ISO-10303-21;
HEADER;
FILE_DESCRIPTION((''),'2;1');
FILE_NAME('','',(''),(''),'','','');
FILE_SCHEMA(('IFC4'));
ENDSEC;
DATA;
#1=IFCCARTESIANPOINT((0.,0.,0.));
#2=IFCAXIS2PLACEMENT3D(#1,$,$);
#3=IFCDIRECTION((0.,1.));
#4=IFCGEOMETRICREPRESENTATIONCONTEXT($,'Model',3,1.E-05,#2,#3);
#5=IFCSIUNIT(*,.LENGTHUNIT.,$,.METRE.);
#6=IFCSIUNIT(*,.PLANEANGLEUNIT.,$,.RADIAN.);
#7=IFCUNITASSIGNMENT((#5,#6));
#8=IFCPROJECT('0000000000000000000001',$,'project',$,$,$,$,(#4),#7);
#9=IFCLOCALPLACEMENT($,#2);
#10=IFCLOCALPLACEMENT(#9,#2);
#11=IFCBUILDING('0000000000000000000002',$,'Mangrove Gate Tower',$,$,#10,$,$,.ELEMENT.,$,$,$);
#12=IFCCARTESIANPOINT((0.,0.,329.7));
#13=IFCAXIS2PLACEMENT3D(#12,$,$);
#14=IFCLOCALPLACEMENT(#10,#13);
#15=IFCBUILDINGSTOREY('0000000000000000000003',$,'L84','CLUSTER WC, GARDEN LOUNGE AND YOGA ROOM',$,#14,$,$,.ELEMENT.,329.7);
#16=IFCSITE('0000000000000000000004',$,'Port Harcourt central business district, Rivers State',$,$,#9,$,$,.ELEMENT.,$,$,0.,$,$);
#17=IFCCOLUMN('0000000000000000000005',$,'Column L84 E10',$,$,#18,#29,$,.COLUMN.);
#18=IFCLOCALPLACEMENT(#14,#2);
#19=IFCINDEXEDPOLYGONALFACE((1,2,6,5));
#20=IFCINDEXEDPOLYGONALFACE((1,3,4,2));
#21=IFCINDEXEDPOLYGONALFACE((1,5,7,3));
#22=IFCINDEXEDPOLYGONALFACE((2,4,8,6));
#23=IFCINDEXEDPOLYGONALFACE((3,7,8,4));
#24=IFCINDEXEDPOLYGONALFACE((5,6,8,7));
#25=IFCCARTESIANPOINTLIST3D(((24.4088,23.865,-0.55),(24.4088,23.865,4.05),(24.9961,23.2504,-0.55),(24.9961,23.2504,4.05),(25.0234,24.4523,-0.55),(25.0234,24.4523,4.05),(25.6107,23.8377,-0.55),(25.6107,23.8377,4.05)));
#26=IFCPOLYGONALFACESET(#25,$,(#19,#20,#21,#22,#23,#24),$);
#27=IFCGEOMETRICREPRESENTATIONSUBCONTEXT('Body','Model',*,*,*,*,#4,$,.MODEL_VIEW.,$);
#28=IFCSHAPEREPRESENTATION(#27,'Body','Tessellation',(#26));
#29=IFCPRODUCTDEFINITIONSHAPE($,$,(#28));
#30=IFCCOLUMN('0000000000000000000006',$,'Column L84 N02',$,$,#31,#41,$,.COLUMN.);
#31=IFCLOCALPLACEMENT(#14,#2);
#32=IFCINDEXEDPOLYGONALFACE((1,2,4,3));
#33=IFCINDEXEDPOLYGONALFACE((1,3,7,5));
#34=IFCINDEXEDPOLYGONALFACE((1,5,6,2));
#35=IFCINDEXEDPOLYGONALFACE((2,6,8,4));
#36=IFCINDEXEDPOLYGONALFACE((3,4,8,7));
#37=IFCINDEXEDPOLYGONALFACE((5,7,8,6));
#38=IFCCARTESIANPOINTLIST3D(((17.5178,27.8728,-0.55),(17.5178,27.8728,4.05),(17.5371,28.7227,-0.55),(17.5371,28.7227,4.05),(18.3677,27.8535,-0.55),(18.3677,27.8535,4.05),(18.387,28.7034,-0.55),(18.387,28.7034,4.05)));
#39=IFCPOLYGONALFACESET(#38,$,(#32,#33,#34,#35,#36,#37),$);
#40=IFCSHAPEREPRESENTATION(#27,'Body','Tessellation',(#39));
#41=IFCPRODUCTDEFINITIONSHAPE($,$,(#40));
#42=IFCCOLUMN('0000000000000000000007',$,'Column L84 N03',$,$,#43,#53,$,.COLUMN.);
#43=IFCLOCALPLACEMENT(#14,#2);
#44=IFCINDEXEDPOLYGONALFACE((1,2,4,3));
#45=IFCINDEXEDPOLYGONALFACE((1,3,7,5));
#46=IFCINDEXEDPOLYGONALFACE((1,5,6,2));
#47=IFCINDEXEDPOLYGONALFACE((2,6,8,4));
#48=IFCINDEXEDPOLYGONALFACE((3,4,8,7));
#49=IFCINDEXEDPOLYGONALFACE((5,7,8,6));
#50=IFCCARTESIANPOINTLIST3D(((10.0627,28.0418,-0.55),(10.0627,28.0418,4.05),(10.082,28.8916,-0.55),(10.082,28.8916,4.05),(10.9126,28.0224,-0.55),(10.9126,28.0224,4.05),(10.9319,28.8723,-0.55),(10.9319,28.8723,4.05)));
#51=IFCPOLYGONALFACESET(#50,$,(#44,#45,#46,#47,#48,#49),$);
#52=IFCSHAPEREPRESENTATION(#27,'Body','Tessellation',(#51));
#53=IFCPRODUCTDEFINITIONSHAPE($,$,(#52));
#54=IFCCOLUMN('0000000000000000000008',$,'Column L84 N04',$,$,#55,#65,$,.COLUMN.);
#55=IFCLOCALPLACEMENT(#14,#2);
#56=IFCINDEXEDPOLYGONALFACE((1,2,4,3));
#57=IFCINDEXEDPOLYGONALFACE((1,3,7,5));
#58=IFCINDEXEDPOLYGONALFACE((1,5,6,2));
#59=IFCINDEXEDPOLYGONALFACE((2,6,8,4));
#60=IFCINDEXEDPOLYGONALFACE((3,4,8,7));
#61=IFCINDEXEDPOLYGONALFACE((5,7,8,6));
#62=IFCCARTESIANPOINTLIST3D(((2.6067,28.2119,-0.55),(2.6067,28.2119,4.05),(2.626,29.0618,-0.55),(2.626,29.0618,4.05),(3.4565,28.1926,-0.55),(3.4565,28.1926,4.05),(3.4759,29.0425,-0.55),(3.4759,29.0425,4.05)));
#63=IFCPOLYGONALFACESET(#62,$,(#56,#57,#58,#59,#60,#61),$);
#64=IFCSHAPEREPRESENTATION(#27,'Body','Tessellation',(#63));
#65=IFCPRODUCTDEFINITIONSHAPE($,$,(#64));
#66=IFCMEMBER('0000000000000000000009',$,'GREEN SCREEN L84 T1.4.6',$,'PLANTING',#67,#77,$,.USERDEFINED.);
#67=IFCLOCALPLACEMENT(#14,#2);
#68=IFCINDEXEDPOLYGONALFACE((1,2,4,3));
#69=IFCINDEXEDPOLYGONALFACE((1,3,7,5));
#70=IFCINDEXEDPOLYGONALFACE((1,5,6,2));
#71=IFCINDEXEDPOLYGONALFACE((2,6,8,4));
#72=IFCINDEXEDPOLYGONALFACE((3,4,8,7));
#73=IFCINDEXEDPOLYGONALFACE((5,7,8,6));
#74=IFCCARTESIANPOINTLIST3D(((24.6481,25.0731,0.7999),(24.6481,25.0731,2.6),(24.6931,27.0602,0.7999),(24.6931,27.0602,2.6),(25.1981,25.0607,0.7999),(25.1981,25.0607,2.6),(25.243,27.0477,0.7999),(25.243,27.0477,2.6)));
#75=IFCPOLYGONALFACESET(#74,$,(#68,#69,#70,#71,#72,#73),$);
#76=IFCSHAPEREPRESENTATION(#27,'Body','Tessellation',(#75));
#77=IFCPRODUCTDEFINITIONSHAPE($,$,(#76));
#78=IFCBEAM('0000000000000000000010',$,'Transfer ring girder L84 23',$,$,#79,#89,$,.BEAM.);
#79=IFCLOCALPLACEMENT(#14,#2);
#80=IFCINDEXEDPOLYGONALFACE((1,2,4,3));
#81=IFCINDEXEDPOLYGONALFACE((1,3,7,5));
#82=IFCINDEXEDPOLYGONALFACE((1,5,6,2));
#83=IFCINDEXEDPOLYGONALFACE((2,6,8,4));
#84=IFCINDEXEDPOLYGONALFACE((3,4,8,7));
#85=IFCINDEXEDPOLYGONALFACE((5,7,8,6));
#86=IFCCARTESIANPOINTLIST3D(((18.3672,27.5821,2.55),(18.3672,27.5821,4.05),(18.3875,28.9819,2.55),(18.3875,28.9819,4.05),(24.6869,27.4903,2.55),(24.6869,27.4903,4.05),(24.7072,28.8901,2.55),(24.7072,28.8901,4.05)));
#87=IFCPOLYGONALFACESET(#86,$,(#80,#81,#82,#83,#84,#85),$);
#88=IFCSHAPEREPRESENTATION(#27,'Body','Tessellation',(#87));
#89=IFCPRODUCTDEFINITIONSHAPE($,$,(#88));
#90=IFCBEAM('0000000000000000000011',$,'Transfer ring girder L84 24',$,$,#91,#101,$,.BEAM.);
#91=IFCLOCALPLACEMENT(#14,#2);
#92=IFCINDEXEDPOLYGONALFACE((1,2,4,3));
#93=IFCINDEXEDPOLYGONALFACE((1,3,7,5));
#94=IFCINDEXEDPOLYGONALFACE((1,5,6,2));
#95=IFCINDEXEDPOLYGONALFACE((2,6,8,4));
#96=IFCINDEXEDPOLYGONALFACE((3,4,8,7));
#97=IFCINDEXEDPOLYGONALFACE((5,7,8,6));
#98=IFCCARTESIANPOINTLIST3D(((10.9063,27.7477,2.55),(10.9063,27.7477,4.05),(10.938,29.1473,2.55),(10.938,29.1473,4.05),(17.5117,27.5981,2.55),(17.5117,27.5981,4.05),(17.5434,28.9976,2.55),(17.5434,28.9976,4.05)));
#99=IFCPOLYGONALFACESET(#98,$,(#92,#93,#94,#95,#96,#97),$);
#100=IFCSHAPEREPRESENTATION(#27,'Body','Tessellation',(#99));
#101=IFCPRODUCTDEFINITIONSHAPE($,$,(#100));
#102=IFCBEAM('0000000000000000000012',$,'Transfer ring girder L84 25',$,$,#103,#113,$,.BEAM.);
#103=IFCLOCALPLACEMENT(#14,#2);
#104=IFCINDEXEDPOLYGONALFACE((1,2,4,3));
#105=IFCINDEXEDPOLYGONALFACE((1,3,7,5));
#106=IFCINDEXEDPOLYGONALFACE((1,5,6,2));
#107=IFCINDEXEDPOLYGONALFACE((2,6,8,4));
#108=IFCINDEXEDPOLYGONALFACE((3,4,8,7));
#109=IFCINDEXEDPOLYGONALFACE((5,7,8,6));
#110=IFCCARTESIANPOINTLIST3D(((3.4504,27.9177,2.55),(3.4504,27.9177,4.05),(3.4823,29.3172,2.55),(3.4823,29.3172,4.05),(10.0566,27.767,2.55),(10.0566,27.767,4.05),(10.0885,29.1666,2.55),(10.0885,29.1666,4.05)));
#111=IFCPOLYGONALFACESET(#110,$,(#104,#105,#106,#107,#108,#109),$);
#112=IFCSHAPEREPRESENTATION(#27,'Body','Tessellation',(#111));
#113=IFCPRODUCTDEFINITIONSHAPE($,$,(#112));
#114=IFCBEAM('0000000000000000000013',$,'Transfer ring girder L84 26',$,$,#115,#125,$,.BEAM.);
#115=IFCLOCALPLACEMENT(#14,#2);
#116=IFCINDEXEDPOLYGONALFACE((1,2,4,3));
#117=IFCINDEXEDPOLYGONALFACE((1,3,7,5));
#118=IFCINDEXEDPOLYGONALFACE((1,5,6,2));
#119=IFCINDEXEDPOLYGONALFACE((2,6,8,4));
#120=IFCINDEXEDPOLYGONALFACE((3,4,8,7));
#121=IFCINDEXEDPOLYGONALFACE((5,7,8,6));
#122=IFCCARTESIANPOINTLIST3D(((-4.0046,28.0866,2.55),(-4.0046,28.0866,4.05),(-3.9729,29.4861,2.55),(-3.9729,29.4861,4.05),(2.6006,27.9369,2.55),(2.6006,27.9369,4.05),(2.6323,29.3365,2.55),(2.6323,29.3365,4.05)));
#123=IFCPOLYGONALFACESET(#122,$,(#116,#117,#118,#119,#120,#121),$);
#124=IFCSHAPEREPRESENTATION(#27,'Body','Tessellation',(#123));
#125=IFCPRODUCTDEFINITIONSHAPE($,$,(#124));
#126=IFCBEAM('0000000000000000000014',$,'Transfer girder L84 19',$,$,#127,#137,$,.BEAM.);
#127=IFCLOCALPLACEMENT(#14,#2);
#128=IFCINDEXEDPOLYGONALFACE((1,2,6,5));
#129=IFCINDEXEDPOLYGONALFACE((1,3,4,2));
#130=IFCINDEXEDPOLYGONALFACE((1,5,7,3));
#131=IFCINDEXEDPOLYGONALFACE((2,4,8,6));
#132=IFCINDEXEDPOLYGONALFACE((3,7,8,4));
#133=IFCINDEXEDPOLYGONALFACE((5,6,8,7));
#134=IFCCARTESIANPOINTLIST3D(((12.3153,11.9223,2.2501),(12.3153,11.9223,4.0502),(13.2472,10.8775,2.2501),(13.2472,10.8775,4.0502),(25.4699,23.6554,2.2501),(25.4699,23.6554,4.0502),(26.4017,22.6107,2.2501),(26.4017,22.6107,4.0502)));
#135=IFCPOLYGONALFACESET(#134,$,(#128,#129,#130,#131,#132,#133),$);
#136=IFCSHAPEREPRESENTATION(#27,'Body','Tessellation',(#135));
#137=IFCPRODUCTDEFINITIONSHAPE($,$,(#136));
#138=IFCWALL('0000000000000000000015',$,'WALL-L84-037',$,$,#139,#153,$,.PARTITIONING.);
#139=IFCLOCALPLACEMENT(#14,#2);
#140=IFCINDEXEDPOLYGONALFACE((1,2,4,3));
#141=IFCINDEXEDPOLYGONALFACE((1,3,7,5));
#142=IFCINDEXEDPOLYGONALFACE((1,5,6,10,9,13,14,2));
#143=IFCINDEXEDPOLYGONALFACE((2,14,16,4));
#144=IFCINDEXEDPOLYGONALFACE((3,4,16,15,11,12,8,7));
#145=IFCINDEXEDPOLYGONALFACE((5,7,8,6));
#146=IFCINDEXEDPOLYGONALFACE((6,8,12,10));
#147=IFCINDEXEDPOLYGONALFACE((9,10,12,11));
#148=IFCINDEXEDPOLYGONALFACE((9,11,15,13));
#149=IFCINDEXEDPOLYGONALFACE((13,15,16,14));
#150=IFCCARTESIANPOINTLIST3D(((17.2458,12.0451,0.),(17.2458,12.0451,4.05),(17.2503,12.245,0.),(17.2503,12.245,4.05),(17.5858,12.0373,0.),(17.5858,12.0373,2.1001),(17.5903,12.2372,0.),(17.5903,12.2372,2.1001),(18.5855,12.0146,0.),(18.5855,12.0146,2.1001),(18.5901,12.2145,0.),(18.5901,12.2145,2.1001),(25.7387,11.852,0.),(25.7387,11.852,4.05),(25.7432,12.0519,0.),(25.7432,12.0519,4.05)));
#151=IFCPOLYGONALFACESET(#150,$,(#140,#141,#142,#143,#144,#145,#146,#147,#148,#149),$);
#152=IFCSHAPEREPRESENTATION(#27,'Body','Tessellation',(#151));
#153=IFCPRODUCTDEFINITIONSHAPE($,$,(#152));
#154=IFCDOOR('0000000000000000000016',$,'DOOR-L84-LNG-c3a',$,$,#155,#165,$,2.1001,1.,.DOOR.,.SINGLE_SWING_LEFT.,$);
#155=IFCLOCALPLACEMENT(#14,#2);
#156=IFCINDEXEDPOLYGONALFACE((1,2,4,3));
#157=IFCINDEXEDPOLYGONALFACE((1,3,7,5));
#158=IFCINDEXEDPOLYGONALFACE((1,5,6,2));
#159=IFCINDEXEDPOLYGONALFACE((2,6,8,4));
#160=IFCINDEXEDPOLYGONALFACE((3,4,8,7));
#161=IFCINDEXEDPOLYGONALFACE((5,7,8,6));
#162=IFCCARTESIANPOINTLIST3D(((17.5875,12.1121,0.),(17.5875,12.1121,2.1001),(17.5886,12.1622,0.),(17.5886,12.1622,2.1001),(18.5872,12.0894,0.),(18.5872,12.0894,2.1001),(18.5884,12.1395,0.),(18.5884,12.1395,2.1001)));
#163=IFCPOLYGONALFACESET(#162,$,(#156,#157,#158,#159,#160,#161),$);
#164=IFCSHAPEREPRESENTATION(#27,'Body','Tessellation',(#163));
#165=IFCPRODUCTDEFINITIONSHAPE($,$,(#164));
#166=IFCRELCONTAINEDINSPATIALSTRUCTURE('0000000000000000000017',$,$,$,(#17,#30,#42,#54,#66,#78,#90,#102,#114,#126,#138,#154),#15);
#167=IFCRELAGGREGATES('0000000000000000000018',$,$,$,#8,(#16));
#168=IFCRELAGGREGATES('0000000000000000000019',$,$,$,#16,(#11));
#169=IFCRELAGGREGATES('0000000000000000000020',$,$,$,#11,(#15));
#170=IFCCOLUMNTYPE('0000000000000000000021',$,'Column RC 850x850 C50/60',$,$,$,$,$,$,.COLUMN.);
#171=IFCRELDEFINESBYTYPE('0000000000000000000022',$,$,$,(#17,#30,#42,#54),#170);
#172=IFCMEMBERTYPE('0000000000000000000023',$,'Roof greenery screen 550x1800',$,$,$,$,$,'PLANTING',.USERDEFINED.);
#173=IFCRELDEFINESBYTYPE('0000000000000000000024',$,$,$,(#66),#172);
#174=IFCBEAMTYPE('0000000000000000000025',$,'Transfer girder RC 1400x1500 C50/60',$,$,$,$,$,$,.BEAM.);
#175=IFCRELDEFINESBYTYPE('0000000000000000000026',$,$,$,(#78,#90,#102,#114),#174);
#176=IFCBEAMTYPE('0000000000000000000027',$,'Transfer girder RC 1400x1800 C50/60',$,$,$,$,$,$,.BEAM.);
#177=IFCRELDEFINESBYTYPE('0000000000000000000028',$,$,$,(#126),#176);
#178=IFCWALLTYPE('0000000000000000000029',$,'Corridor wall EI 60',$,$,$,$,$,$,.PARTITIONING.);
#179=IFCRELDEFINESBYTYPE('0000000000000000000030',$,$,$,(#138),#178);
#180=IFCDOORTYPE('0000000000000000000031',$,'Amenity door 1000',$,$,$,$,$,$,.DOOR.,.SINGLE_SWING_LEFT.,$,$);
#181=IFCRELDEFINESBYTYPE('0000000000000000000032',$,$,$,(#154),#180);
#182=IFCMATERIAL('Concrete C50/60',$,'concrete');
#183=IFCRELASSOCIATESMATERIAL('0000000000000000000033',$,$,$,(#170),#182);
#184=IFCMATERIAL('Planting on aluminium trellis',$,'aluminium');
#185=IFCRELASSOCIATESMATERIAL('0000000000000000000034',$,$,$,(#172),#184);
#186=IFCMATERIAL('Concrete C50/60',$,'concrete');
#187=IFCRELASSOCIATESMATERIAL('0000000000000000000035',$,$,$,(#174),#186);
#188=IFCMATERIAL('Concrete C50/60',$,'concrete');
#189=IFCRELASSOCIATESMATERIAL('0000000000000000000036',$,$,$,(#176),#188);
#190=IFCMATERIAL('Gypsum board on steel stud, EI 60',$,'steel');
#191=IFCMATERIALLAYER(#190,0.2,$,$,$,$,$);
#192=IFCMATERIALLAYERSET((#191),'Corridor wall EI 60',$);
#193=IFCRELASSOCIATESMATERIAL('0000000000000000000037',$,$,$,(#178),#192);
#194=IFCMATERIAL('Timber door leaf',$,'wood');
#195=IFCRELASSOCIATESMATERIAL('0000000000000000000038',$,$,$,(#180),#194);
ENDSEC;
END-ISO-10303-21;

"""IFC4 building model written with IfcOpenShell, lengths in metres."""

from ifc_helpers import new_model, si_unit, direction, frame, frame_2d, origin, origin_2d, place, context, subcontext, project, spatial, rectangle, extrude, material, layer, layer_set, material_profile, profile_set, type_object, element, fill, save


model = new_model("IFC4")

# Units and contexts
model_context = context("Model", 3, precision=1e-05, world=origin(), true_north=direction((0.0, 1.0)))
body_context = subcontext(model_context, "Body", "Model", "MODEL_VIEW")
ifc_project = project(units=[si_unit("LENGTHUNIT", "METRE"), si_unit("PLANEANGLEUNIT", "RADIAN")], contexts=[model_context])

# Site, building, storey
site_placement = place(None, origin())
site = spatial("IfcSite", under=ifc_project, at=site_placement, Name="Port Harcourt central business district, Rivers State", CompositionType="ELEMENT", RefElevation=0.0)
building_placement = place(site_placement, origin())
building = spatial("IfcBuilding", under=site, at=building_placement, Name="Mangrove Gate Tower", CompositionType="ELEMENT")
storey_placement = place(building_placement, frame((0.0, 0.0, 329.7)))
storey = spatial("IfcBuildingStorey", under=building, at=storey_placement, Name="L84", Description="CLUSTER WC, GARDEN LOUNGE AND YOGA ROOM", CompositionType="ELEMENT", Elevation=329.7)

# Columns
ifc_material_1 = material(Name="Concrete C50/60", Category="concrete")
ifc_material_profile_1 = material_profile(ifc_material_1, rectangle(XDim=0.8501, YDim=0.8501, at=origin_2d()))
ifc_profile_set_1 = profile_set([ifc_material_profile_1], Name="Concrete C50/60")
column_type = type_object("IfcColumnType", Name="Column RC 850x850 C50/60", PredefinedType="COLUMN", material=ifc_profile_set_1)
for number, where, z_axis, x_axis, name in (
    (1, (25.0098, 23.8513, -0.55), (0.0, 0.0, 1.0), (-0.690854, 0.722994, 0.0), "Column L84 E10"),
    (2, (17.9524, 28.2881, -0.55), (0.0, 0.0, 1.0), (-0.999743, 0.022664, 0.0), "Column L84 N02"),
    (3, (10.4973, 28.457, -0.55), (0.0, 0.0, 1.0), (-0.999742, 0.022729, 0.0), "Column L84 N03"),
    (4, (3.0413, 28.6272, -0.55), (0.0, 0.0, 1.0), (-0.999742, 0.022729, 0.0), "Column L84 N04"),
):
    element("IfcColumn", number, at=place(storey_placement, frame(where, z_axis=z_axis, x_axis=x_axis)), inside=storey, type_object=column_type, Name=name, PredefinedType="COLUMN", context=body_context, shape_type="SweptSolid", body=[
        extrude(rectangle(XDim=0.8501, YDim=0.8501, at=origin_2d()), origin(), (0.0, 0.0, 1.0), 4.6001),
    ])

# Member
ifc_material_2 = material(Name="Planting on aluminium trellis", Category="aluminium")
ifc_material_profile_2 = material_profile(ifc_material_2, rectangle(XDim=0.55, YDim=1.8, at=origin_2d()))
ifc_profile_set_2 = profile_set([ifc_material_profile_2], Name="Planting on aluminium trellis")
member_type = type_object("IfcMemberType", Name="Roof greenery screen 550x1800", ElementType="PLANTING", PredefinedType="USERDEFINED", material=ifc_profile_set_2)
member_placement = place(storey_placement, frame((24.968, 27.054, 1.7), z_axis=(-0.022601, -0.999745, 0.0), x_axis=(0.999745, -0.022601, 0.0)))
element("IfcMember", 5, at=member_placement, inside=storey, type_object=member_type, Name="GREEN SCREEN L84 T1.4.6", ObjectType="PLANTING", PredefinedType="USERDEFINED", context=body_context, shape_type="SweptSolid", body=[
    extrude(rectangle(XDim=0.55, YDim=1.8, at=origin_2d()), origin(), (0.0, 0.0, 1.0), 1.9875),
])

# Beams
ifc_material_3 = material(Name="Concrete C50/60", Category="concrete")
ifc_material_profile_3 = material_profile(ifc_material_3, rectangle(XDim=1.3999, YDim=1.5, at=origin_2d()))
ifc_profile_set_3 = profile_set([ifc_material_profile_3], Name="Concrete C50/60")
beam_type_1 = type_object("IfcBeamType", Name="Transfer girder RC 1400x1500 C50/60", PredefinedType="BEAM", material=ifc_profile_set_3)
beam_1_placement = place(storey_placement, frame((24.697, 28.1902, 3.3), z_axis=(-0.999895, 0.014524, 0.0), x_axis=(-0.014524, -0.999895, 0.0)))
element("IfcBeam", 6, at=beam_1_placement, inside=storey, type_object=beam_type_1, Name="Transfer ring girder L84 23", PredefinedType="BEAM", context=body_context, shape_type="SweptSolid", body=[
    extrude(rectangle(XDim=1.3999, YDim=1.5, at=origin_2d()), origin(), (0.0, 0.0, 1.0), 6.3203),
])
beam_2_placement = place(storey_placement, frame((17.5276, 28.2979, 3.3), z_axis=(-0.999743, 0.022651, 0.0), x_axis=(-0.022651, -0.999743, 0.0)))
element("IfcBeam", 7, at=beam_2_placement, inside=storey, type_object=beam_type_1, Name="Transfer ring girder L84 24", PredefinedType="BEAM", context=body_context, shape_type="SweptSolid", body=[
    extrude(rectangle(XDim=1.3999, YDim=1.5, at=origin_2d()), origin(), (0.0, 0.0, 1.0), 6.6072),
])
beam_3_placement = place(storey_placement, frame((10.0725, 28.4668, 3.3), z_axis=(-0.99974, 0.022796, 0.0), x_axis=(-0.022796, -0.99974, 0.0)))
element("IfcBeam", 8, at=beam_3_placement, inside=storey, type_object=beam_type_1, Name="Transfer ring girder L84 25", PredefinedType="BEAM", context=body_context, shape_type="SweptSolid", body=[
    extrude(rectangle(XDim=1.3999, YDim=1.5, at=origin_2d()), origin(), (0.0, 0.0, 1.0), 6.6079),
])
beam_4_placement = place(storey_placement, frame((2.6165, 28.6367, 3.3), z_axis=(-0.999743, 0.022652, 0.0), x_axis=(-0.022652, -0.999743, 0.0)))
element("IfcBeam", 9, at=beam_4_placement, inside=storey, type_object=beam_type_1, Name="Transfer ring girder L84 26", PredefinedType="BEAM", context=body_context, shape_type="SweptSolid", body=[
    extrude(rectangle(XDim=1.3999, YDim=1.5, at=origin_2d()), origin(), (0.0, 0.0, 1.0), 6.6069),
])
ifc_material_4 = material(Name="Concrete C50/60", Category="concrete")
ifc_material_profile_4 = material_profile(ifc_material_4, rectangle(XDim=1.3999, YDim=1.8, at=origin_2d()))
ifc_profile_set_4 = profile_set([ifc_material_profile_4], Name="Concrete C50/60")
beam_type_2 = type_object("IfcBeamType", Name="Transfer girder RC 1400x1800 C50/60", PredefinedType="BEAM", material=ifc_profile_set_4)
beam_5_placement = place(storey_placement, frame((12.7812, 11.3999, 3.1501), z_axis=(0.746275, 0.665638, 0.0), x_axis=(-0.665638, 0.746275, 0.0)))
element("IfcBeam", 10, at=beam_5_placement, inside=storey, type_object=beam_type_2, Name="Transfer girder L84 19", PredefinedType="BEAM", context=body_context, shape_type="SweptSolid", body=[
    extrude(rectangle(XDim=1.3999, YDim=1.8, at=origin_2d()), origin(), (0.0, 0.0, 1.0), 17.627),
])

# Wall, opening, door
ifc_material_5 = material(Name="Gypsum board on steel stud, EI 60", Category="steel")
ifc_layer_1 = layer(ifc_material_5, 0.2)
ifc_layer_set_1 = layer_set([ifc_layer_1], Name="Corridor wall EI 60")
wall_type_1 = type_object("IfcWallType", Name="Corridor wall EI 60", PredefinedType="PARTITIONING", material=ifc_layer_set_1)
wall_1_placement = place(storey_placement, frame((17.248, 12.145, 0.0), z_axis=(0.0, 0.0, 1.0), x_axis=(0.999742, -0.022733, 0.0)))
wall_1 = element("IfcWall", 11, at=wall_1_placement, inside=storey, type_object=wall_type_1, Name="WALL-L84-037", PredefinedType="PARTITIONING", context=body_context, shape_type="SweptSolid", body=[
    extrude(rectangle(XDim=8.4951, YDim=0.2, at=frame_2d((4.2476, 0.0))), origin(), (0.0, 0.0, 1.0), 4.05),
])
opening_1_placement = place(wall_1_placement, frame((0.3401, 0.0, 0.0)))
opening_1 = element("IfcOpeningElement", 12, at=opening_1_placement, cuts=wall_1, PredefinedType="OPENING", context=body_context, shape_type="SweptSolid", body=[
    extrude(rectangle(XDim=1.0, YDim=2.1001, at=frame_2d((0.5, 1.05))), frame((0.0, 0.1099, 0.0), z_axis=(0.0, -1.0, 0.0), x_axis=(1.0, 0.0, 0.0)), (0.0, 0.0, 1.0), 0.22),
])
ifc_material_6 = material(Name="Timber door leaf", Category="wood")
door_type_1 = type_object("IfcDoorType", Name="Amenity door 1000", OperationType="SINGLE_SWING_LEFT", PredefinedType="DOOR", material=ifc_material_6)
door_1_placement = place(opening_1_placement, origin())
door_1 = element("IfcDoor", 13, at=door_1_placement, inside=storey, type_object=door_type_1, Name="DOOR-L84-LNG-c3a", OperationType="SINGLE_SWING_LEFT", OverallHeight=2.1001, OverallWidth=1.0, PredefinedType="DOOR", context=body_context, shape_type="SweptSolid", body=[
    extrude(rectangle(XDim=1.0, YDim=2.1001, at=frame_2d((0.5, 1.05))), frame((0.0, 0.0249, 0.0), z_axis=(0.0, -1.0, 0.0), x_axis=(1.0, 0.0, 0.0)), (0.0, 0.0, 1.0), 0.05),
])
fill(opening_1, door_1)

save(model, "model.ifc")
